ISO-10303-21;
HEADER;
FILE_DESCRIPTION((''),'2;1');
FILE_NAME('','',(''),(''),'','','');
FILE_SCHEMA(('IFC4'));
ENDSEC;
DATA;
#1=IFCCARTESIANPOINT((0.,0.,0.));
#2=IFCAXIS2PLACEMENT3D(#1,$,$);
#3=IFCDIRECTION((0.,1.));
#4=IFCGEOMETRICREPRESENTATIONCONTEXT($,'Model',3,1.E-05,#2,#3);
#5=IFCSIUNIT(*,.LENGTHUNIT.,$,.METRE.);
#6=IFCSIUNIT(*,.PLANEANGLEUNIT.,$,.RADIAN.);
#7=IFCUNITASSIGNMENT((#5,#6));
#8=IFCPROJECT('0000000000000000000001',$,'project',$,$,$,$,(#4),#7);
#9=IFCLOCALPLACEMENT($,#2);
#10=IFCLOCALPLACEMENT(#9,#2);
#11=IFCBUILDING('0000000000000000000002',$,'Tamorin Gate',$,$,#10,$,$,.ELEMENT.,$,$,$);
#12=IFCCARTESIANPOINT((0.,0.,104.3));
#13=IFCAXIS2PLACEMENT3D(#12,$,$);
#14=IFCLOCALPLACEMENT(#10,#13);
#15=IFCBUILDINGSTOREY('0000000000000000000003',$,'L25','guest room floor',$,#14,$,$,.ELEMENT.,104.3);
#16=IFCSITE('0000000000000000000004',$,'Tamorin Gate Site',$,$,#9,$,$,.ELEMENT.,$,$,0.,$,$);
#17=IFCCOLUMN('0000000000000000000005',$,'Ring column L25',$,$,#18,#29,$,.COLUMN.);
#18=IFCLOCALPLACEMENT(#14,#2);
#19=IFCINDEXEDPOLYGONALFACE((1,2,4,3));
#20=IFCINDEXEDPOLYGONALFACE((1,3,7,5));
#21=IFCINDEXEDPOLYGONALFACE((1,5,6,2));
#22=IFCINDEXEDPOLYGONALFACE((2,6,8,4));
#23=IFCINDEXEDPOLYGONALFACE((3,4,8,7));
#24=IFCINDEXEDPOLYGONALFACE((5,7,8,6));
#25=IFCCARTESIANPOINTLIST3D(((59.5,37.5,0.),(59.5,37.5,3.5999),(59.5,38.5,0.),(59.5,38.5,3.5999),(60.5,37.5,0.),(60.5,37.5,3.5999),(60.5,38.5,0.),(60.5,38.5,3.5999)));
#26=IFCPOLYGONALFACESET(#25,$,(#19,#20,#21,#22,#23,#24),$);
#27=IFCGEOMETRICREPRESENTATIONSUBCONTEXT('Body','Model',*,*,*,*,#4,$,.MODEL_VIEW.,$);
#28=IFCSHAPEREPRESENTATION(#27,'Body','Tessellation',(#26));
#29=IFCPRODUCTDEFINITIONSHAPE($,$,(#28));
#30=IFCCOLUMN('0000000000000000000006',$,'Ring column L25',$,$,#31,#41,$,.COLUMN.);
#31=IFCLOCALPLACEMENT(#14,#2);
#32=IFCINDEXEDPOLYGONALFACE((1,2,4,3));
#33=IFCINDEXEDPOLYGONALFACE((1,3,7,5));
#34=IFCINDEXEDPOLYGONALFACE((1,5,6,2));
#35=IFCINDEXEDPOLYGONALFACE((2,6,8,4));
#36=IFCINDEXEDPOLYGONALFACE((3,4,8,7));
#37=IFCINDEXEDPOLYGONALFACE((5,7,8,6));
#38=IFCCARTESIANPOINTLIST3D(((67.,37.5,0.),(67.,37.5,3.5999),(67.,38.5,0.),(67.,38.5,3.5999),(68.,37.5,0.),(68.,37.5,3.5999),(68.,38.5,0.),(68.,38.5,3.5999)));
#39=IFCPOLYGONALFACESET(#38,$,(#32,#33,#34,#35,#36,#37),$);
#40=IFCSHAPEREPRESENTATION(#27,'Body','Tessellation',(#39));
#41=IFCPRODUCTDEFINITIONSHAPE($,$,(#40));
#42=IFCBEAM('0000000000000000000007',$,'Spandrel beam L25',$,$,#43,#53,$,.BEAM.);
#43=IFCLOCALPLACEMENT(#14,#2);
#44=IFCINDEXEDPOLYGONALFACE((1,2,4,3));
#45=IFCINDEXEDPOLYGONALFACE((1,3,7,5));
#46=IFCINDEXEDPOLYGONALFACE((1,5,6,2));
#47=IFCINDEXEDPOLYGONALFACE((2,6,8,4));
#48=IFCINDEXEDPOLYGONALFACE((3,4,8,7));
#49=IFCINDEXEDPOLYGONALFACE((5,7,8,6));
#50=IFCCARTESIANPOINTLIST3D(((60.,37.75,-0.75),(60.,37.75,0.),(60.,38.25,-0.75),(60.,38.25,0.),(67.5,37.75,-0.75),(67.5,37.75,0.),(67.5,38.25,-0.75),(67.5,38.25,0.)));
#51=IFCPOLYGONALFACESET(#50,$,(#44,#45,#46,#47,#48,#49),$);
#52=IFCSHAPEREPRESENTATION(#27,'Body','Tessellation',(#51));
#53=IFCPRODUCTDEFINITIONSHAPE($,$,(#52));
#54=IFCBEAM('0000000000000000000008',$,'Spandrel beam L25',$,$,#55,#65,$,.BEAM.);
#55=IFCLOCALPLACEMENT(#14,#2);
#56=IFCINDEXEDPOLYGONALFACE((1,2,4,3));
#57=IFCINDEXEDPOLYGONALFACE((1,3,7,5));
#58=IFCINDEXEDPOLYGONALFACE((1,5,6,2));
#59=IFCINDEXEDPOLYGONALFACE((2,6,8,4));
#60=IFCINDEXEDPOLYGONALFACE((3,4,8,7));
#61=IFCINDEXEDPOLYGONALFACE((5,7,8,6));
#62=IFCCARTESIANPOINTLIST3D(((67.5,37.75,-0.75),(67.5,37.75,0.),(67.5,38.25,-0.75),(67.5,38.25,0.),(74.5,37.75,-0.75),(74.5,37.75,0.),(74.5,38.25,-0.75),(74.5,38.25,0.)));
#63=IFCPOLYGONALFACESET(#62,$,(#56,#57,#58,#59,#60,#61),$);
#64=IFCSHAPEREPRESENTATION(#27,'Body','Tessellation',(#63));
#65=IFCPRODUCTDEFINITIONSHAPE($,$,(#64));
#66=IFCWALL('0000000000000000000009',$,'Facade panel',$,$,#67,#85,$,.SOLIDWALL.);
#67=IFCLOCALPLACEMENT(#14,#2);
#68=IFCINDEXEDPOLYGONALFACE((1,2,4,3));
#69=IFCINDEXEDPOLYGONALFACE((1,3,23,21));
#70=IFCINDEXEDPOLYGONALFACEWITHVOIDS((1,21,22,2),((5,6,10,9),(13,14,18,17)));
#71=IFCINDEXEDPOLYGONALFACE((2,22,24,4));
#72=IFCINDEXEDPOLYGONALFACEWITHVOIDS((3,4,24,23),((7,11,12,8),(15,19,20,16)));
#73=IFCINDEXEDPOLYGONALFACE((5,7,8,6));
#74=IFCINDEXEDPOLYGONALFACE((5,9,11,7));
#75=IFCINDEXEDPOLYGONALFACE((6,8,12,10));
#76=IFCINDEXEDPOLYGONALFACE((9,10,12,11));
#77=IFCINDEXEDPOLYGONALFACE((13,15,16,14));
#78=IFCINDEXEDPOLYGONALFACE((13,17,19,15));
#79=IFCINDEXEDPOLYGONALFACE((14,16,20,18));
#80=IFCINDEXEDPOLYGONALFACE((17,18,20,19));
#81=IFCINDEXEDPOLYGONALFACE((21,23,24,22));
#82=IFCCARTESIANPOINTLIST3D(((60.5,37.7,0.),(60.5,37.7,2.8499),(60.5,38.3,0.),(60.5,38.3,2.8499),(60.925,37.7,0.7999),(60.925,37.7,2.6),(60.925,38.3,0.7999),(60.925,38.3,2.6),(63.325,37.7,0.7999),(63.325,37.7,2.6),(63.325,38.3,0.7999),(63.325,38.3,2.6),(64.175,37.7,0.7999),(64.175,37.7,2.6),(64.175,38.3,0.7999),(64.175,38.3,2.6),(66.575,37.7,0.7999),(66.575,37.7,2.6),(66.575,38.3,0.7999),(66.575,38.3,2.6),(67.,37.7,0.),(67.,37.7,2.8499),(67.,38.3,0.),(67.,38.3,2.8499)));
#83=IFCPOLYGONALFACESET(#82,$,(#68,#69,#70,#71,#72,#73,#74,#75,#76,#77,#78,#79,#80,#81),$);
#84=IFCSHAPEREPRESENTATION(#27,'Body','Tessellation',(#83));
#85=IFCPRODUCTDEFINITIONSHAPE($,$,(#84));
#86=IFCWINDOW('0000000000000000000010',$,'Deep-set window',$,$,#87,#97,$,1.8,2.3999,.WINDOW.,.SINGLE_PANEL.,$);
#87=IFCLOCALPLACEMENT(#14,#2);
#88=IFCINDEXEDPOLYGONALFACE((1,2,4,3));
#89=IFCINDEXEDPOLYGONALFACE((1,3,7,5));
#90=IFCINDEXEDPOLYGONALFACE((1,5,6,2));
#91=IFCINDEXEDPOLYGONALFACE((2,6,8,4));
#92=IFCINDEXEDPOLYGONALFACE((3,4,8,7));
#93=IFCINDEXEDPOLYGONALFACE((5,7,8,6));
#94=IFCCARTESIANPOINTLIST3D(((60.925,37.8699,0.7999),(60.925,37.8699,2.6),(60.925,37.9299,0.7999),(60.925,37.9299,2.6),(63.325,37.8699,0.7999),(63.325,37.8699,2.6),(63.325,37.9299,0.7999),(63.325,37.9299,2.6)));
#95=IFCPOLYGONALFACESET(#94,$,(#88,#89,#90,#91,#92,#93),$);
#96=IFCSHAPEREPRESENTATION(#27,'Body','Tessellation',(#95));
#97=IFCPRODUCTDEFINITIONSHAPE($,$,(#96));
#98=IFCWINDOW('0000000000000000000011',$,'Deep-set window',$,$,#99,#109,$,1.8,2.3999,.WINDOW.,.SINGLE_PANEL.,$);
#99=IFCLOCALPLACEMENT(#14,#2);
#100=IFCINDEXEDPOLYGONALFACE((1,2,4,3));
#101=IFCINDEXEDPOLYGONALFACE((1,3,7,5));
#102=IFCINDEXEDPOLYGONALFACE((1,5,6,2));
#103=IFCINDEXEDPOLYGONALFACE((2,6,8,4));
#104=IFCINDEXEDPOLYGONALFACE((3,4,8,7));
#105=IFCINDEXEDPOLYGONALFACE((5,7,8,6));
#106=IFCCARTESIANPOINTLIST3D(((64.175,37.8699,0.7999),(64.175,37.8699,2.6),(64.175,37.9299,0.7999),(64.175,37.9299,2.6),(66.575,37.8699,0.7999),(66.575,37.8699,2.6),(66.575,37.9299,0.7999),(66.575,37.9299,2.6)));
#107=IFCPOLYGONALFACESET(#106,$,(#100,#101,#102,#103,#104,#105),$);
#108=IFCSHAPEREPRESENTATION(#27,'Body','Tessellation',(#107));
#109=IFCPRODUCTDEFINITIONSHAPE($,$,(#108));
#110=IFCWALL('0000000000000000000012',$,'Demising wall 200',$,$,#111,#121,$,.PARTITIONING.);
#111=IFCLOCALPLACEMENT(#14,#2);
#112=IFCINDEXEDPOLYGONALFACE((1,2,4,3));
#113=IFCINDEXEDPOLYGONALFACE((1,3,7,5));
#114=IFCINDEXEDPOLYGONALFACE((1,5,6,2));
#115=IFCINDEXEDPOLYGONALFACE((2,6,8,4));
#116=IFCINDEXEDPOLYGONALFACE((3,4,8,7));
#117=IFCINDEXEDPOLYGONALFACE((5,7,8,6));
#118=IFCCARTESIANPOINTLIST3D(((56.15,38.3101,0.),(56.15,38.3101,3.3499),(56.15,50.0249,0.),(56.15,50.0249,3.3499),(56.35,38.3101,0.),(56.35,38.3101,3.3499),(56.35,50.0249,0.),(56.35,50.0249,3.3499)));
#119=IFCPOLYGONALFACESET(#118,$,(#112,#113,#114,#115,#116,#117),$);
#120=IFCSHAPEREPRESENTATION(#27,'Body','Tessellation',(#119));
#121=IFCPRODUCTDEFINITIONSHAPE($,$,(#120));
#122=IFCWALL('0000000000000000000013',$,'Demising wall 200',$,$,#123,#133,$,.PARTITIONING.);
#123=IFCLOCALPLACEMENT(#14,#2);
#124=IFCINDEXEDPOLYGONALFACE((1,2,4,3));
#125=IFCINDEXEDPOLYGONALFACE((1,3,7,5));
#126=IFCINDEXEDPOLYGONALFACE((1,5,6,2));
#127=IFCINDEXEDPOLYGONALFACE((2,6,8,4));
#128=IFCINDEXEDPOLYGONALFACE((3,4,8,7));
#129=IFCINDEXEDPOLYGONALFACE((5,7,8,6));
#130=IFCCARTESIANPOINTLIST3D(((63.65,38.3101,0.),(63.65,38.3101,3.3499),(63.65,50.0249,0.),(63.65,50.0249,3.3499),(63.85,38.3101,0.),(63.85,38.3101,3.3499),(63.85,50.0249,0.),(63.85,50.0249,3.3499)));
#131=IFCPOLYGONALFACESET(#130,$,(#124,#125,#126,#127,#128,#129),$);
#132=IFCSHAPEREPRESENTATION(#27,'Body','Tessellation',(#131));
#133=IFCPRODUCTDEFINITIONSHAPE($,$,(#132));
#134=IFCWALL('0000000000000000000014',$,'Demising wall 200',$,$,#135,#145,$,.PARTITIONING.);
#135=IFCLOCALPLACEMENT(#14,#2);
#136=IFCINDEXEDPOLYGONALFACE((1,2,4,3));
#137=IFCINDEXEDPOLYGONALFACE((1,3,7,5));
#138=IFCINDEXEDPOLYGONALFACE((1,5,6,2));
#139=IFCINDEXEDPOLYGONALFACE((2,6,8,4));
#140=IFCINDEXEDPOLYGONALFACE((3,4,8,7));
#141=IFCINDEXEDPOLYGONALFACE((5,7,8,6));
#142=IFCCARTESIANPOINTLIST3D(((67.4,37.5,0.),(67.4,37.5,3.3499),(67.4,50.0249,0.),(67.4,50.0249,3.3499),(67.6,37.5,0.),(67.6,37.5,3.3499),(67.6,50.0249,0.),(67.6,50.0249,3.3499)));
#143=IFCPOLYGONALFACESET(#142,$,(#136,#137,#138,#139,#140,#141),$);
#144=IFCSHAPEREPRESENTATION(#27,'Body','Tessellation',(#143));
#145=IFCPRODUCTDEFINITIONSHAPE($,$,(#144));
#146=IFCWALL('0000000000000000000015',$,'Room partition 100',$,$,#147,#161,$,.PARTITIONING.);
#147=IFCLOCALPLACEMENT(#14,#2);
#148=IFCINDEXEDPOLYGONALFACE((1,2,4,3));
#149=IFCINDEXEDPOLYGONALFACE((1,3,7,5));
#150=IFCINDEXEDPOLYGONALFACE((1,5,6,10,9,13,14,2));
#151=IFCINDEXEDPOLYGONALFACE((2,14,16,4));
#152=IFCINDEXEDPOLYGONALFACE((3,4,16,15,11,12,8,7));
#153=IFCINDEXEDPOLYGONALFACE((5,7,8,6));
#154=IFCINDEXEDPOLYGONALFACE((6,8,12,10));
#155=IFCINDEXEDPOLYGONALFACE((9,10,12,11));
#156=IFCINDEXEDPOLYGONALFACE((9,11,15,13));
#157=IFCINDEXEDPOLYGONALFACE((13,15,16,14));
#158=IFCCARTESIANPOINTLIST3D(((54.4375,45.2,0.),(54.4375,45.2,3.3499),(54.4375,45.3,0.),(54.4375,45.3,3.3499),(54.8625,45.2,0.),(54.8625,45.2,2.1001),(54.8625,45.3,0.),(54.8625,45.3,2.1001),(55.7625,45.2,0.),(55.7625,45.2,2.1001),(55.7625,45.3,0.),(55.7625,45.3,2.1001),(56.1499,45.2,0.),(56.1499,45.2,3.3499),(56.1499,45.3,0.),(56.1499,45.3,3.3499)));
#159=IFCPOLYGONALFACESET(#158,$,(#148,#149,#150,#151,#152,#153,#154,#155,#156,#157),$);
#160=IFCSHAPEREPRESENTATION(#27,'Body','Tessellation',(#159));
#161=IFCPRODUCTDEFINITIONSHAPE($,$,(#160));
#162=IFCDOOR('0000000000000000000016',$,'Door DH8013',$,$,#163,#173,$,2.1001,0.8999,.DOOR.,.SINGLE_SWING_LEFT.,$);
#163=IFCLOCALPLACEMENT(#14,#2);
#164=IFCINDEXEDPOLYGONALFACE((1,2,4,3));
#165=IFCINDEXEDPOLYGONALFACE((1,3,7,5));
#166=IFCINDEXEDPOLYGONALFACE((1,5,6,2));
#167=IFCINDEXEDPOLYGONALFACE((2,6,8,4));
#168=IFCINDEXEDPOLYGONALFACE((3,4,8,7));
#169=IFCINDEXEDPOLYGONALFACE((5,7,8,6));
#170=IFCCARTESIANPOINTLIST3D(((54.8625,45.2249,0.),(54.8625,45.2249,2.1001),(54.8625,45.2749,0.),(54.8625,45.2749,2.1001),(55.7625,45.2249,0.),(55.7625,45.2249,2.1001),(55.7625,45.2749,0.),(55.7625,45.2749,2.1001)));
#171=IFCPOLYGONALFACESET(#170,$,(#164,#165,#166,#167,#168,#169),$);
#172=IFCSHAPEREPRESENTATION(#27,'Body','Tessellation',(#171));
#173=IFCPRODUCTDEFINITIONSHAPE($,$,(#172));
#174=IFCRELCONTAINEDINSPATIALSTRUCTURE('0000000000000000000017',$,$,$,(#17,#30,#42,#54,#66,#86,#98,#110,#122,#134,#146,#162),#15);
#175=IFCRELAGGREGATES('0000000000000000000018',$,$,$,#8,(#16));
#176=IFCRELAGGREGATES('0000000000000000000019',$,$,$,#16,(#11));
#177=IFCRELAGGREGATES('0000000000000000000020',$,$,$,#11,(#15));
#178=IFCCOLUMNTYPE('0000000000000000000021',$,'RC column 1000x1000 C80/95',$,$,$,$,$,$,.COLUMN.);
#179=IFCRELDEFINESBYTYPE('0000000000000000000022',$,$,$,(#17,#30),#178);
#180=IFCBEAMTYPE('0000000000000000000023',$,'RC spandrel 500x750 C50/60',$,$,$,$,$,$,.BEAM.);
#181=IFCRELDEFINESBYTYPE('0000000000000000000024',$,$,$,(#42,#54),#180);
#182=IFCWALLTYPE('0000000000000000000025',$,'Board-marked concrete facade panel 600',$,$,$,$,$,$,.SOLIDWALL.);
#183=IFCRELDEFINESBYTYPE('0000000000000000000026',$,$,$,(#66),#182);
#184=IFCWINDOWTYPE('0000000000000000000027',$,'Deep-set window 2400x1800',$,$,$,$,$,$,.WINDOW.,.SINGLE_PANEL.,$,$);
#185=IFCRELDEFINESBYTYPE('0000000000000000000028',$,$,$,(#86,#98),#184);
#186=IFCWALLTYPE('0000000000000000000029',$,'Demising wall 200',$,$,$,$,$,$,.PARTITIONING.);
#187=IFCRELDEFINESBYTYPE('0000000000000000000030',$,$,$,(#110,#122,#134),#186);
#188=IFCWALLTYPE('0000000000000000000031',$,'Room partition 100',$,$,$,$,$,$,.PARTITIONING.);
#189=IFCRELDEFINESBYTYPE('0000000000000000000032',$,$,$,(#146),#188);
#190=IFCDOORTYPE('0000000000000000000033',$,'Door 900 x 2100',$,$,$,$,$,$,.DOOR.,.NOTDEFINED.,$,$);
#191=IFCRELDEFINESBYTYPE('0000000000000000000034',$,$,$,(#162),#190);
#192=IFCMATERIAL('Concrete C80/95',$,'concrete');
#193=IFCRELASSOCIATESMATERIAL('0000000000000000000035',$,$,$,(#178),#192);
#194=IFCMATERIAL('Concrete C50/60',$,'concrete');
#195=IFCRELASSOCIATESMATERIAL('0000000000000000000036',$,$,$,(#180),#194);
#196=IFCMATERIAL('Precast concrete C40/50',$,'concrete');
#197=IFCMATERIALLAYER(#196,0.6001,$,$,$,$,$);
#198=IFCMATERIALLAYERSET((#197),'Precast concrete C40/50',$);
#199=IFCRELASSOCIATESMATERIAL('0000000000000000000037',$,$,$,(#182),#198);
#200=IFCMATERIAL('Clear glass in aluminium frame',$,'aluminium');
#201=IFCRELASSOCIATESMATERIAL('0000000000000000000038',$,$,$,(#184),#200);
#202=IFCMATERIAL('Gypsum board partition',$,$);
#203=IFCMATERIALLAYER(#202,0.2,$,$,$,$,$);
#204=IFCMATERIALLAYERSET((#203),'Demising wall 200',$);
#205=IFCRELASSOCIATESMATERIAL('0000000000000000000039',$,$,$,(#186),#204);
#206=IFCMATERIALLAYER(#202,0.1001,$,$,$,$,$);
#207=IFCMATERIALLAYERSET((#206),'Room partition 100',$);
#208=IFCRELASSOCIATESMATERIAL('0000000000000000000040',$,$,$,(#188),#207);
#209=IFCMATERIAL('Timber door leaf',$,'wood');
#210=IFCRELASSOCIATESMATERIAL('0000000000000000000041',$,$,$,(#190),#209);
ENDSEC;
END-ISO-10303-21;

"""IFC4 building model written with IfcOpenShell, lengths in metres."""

from ifc_helpers import new_model, si_unit, direction, frame, frame_2d, origin, origin_2d, place, context, subcontext, project, spatial, rectangle, extrude, material, layer, layer_set, material_profile, profile_set, type_object, element, fill, save


model = new_model("IFC4")

# Units and contexts
model_context = context("Model", 3, precision=1e-05, world=origin(), true_north=direction((0.0, 1.0)))
body_context = subcontext(model_context, "Body", "Model", "MODEL_VIEW")
ifc_project = project(units=[si_unit("LENGTHUNIT", "METRE"), si_unit("PLANEANGLEUNIT", "RADIAN")], contexts=[model_context])

# Site, building, storey
site_placement = place(None, origin())
site = spatial("IfcSite", under=ifc_project, at=site_placement, Name="Tamorin Gate Site", CompositionType="ELEMENT", RefElevation=0.0)
building_placement = place(site_placement, origin())
building = spatial("IfcBuilding", under=site, at=building_placement, Name="Tamorin Gate", CompositionType="ELEMENT")
storey_placement = place(building_placement, frame((0.0, 0.0, 104.3)))
storey = spatial("IfcBuildingStorey", under=building, at=storey_placement, Name="L25", Description="guest room floor", CompositionType="ELEMENT", Elevation=104.3)

# Columns
ifc_material_1 = material(Name="Concrete C80/95", Category="concrete")
ifc_material_profile_1 = material_profile(ifc_material_1, rectangle(XDim=1.0, YDim=1.0, at=origin_2d()), Name="RC 1000x1000")
ifc_profile_set_1 = profile_set([ifc_material_profile_1], Name="Concrete C80/95")
column_type = type_object("IfcColumnType", Name="RC column 1000x1000 C80/95", PredefinedType="COLUMN", material=ifc_profile_set_1)
for number, where, z_axis, x_axis, name in (
    (1, (60.0, 38.0, 0.0), (0.0, 0.0, 1.0), (1.0, 0.0, 0.0), "Ring column L25"),
    (2, (67.5, 38.0, 0.0), (0.0, 0.0, 1.0), (1.0, 0.0, 0.0), "Ring column L25"),
):
    element("IfcColumn", number, at=place(storey_placement, frame(where, z_axis=z_axis, x_axis=x_axis)), inside=storey, type_object=column_type, Name=name, PredefinedType="COLUMN", context=body_context, shape_type="SweptSolid", body=[
        extrude(rectangle(XDim=1.0, YDim=1.0, at=origin_2d()), origin(), (0.0, 0.0, 1.0), 3.5999),
    ])

# Beams
ifc_material_2 = material(Name="Concrete C50/60", Category="concrete")
ifc_material_profile_2 = material_profile(ifc_material_2, rectangle(XDim=0.5, YDim=0.75, at=origin_2d()), Name="RC 500x750")
ifc_profile_set_2 = profile_set([ifc_material_profile_2], Name="Concrete C50/60")
beam_type = type_object("IfcBeamType", Name="RC spandrel 500x750 C50/60", PredefinedType="BEAM", material=ifc_profile_set_2)
beam_1_placement = place(storey_placement, frame((60.0, 38.0, -0.375), z_axis=(1.0, 0.0, 0.0), x_axis=(0.0, 1.0, 0.0)))
element("IfcBeam", 3, at=beam_1_placement, inside=storey, type_object=beam_type, Name="Spandrel beam L25", PredefinedType="BEAM", context=body_context, shape_type="SweptSolid", body=[
    extrude(rectangle(XDim=0.5, YDim=0.75, at=origin_2d()), origin(), (0.0, 0.0, 1.0), 7.5),
])
beam_2_placement = place(storey_placement, frame((67.5, 38.0, -0.375), z_axis=(1.0, 0.0, 0.0), x_axis=(0.0, 1.0, 0.0)))
element("IfcBeam", 4, at=beam_2_placement, inside=storey, type_object=beam_type, Name="Spandrel beam L25", PredefinedType="BEAM", context=body_context, shape_type="SweptSolid", body=[
    extrude(rectangle(XDim=0.5, YDim=0.75, at=origin_2d()), origin(), (0.0, 0.0, 1.0), 7.0),
])

# Wall, openings, windows
ifc_material_3 = material(Name="Precast concrete C40/50", Category="concrete")
ifc_layer_1 = layer(ifc_material_3, 0.6001)
ifc_layer_set_1 = layer_set([ifc_layer_1], Name="Precast concrete C40/50")
wall_type_1 = type_object("IfcWallType", Name="Board-marked concrete facade panel 600", PredefinedType="SOLIDWALL", material=ifc_layer_set_1)
wall_1_placement = place(storey_placement, frame((60.5, 38.0, 0.0), z_axis=(0.0, 0.0, 1.0), x_axis=(1.0, 0.0, 0.0)))
wall_1 = element("IfcWall", 5, at=wall_1_placement, inside=storey, type_object=wall_type_1, Name="Facade panel", PredefinedType="SOLIDWALL", context=body_context, shape_type="SweptSolid", body=[
    extrude(rectangle(XDim=6.5, YDim=0.6001, at=frame_2d((3.25, 0.0))), origin(), (0.0, 0.0, 1.0), 2.8499),
])
opening_1_placement = place(wall_1_placement, frame((0.425, 0.0, 0.8)))
opening_1 = element("IfcOpeningElement", 6, at=opening_1_placement, cuts=wall_1, PredefinedType="OPENING", context=body_context, shape_type="SweptSolid", body=[
    extrude(rectangle(XDim=2.3999, YDim=1.8, at=frame_2d((1.2, 0.8999))), frame((0.0, 0.3101, 0.0), z_axis=(0.0, -1.0, 0.0), x_axis=(1.0, 0.0, 0.0)), (0.0, 0.0, 1.0), 0.6201),
])
opening_2_placement = place(wall_1_placement, frame((3.675, 0.0, 0.8)))
opening_2 = element("IfcOpeningElement", 7, at=opening_2_placement, cuts=wall_1, PredefinedType="OPENING", context=body_context, shape_type="SweptSolid", body=[
    extrude(rectangle(XDim=2.3999, YDim=1.8, at=frame_2d((1.2, 0.8999))), frame((0.0, 0.3101, 0.0), z_axis=(0.0, -1.0, 0.0), x_axis=(1.0, 0.0, 0.0)), (0.0, 0.0, 1.0), 0.6201),
])
ifc_material_4 = material(Name="Clear glass in aluminium frame", Category="aluminium")
window_type = type_object("IfcWindowType", Name="Deep-set window 2400x1800", PartitioningType="SINGLE_PANEL", PredefinedType="WINDOW", material=ifc_material_4)
window_1_placement = place(opening_1_placement, origin())
window_1 = element("IfcWindow", 8, at=window_1_placement, inside=storey, type_object=window_type, Name="Deep-set window", OverallHeight=1.8, OverallWidth=2.3999, PartitioningType="SINGLE_PANEL", PredefinedType="WINDOW", context=body_context, shape_type="SweptSolid", body=[
    extrude(rectangle(XDim=2.3999, YDim=1.8, at=frame_2d((1.2, 0.8999))), frame((0.0, -0.0701, 0.0), z_axis=(0.0, -1.0, 0.0), x_axis=(1.0, 0.0, 0.0)), (0.0, 0.0, 1.0), 0.0601),
])
fill(opening_1, window_1)
window_2_placement = place(opening_2_placement, origin())
window_2 = element("IfcWindow", 9, at=window_2_placement, inside=storey, type_object=window_type, Name="Deep-set window", OverallHeight=1.8, OverallWidth=2.3999, PartitioningType="SINGLE_PANEL", PredefinedType="WINDOW", context=body_context, shape_type="SweptSolid", body=[
    extrude(rectangle(XDim=2.3999, YDim=1.8, at=frame_2d((1.2, 0.8999))), frame((0.0, -0.0701, 0.0), z_axis=(0.0, -1.0, 0.0), x_axis=(1.0, 0.0, 0.0)), (0.0, 0.0, 1.0), 0.0601),
])
fill(opening_2, window_2)

# Walls
ifc_material_5 = material(Name="Gypsum board partition")
ifc_layer_2 = layer(ifc_material_5, 0.2)
ifc_layer_set_2 = layer_set([ifc_layer_2], Name="Demising wall 200")
wall_type_2 = type_object("IfcWallType", Name="Demising wall 200", PredefinedType="PARTITIONING", material=ifc_layer_set_2)
for number, where, z_axis, x_axis, name in (
    (10, (56.25, 38.3101, 0.0), (0.0, 0.0, 1.0), (0.0, 1.0, 0.0), "Demising wall 200"),
    (11, (63.75, 38.3101, 0.0), (0.0, 0.0, 1.0), (0.0, 1.0, 0.0), "Demising wall 200"),
):
    element("IfcWall", number, at=place(storey_placement, frame(where, z_axis=z_axis, x_axis=x_axis)), inside=storey, type_object=wall_type_2, Name=name, PredefinedType="PARTITIONING", context=body_context, shape_type="SweptSolid", body=[
        extrude(rectangle(XDim=11.7148, YDim=0.2, at=frame_2d((5.8574, 0.0))), origin(), (0.0, 0.0, 1.0), 3.3499),
    ])
wall_2_placement = place(storey_placement, frame((67.5, 37.5, 0.0), z_axis=(0.0, 0.0, 1.0), x_axis=(0.0, 1.0, 0.0)))
element("IfcWall", 12, at=wall_2_placement, inside=storey, type_object=wall_type_2, Name="Demising wall 200", PredefinedType="PARTITIONING", context=body_context, shape_type="SweptSolid", body=[
    extrude(rectangle(XDim=12.5249, YDim=0.2, at=frame_2d((6.2625, 0.0))), origin(), (0.0, 0.0, 1.0), 3.3499),
])

# Wall, opening, door
ifc_layer_3 = layer(ifc_material_5, 0.1001)
ifc_layer_set_3 = layer_set([ifc_layer_3], Name="Room partition 100")
wall_type_3 = type_object("IfcWallType", Name="Room partition 100", PredefinedType="PARTITIONING", material=ifc_layer_set_3)
wall_3_placement = place(storey_placement, frame((54.4375, 45.25, 0.0), z_axis=(0.0, 0.0, 1.0), x_axis=(1.0, 0.0, 0.0)))
wall_3 = element("IfcWall", 13, at=wall_3_placement, inside=storey, type_object=wall_type_3, Name="Room partition 100", PredefinedType="PARTITIONING", context=body_context, shape_type="SweptSolid", body=[
    extrude(rectangle(XDim=1.7124, YDim=0.1001, at=frame_2d((0.8562, 0.0))), origin(), (0.0, 0.0, 1.0), 3.3499),
])
opening_3_placement = place(wall_3_placement, frame((0.425, 0.0, 0.0)))
opening_3 = element("IfcOpeningElement", 14, at=opening_3_placement, cuts=wall_3, PredefinedType="OPENING", context=body_context, shape_type="SweptSolid", body=[
    extrude(rectangle(XDim=0.8999, YDim=2.1001, at=frame_2d((0.45, 1.05))), frame((0.0, 0.0601, 0.0), z_axis=(0.0, -1.0, 0.0), x_axis=(1.0, 0.0, 0.0)), (0.0, 0.0, 1.0), 0.1201),
])
ifc_material_6 = material(Name="Timber door leaf", Category="wood")
door_type = type_object("IfcDoorType", Name="Door 900 x 2100", OperationType="NOTDEFINED", PredefinedType="DOOR", material=ifc_material_6)
door_1_placement = place(opening_3_placement, origin())
door_1 = element("IfcDoor", 15, at=door_1_placement, inside=storey, type_object=door_type, Name="Door DH8013", OperationType="SINGLE_SWING_LEFT", OverallHeight=2.1001, OverallWidth=0.8999, PredefinedType="DOOR", context=body_context, shape_type="SweptSolid", body=[
    extrude(rectangle(XDim=0.8999, YDim=2.1001, at=frame_2d((0.45, 1.05))), frame((0.0, 0.0249, 0.0), z_axis=(0.0, -1.0, 0.0), x_axis=(1.0, 0.0, 0.0)), (0.0, 0.0, 1.0), 0.05),
])
fill(opening_3, door_1)

save(model, "model.ifc")
